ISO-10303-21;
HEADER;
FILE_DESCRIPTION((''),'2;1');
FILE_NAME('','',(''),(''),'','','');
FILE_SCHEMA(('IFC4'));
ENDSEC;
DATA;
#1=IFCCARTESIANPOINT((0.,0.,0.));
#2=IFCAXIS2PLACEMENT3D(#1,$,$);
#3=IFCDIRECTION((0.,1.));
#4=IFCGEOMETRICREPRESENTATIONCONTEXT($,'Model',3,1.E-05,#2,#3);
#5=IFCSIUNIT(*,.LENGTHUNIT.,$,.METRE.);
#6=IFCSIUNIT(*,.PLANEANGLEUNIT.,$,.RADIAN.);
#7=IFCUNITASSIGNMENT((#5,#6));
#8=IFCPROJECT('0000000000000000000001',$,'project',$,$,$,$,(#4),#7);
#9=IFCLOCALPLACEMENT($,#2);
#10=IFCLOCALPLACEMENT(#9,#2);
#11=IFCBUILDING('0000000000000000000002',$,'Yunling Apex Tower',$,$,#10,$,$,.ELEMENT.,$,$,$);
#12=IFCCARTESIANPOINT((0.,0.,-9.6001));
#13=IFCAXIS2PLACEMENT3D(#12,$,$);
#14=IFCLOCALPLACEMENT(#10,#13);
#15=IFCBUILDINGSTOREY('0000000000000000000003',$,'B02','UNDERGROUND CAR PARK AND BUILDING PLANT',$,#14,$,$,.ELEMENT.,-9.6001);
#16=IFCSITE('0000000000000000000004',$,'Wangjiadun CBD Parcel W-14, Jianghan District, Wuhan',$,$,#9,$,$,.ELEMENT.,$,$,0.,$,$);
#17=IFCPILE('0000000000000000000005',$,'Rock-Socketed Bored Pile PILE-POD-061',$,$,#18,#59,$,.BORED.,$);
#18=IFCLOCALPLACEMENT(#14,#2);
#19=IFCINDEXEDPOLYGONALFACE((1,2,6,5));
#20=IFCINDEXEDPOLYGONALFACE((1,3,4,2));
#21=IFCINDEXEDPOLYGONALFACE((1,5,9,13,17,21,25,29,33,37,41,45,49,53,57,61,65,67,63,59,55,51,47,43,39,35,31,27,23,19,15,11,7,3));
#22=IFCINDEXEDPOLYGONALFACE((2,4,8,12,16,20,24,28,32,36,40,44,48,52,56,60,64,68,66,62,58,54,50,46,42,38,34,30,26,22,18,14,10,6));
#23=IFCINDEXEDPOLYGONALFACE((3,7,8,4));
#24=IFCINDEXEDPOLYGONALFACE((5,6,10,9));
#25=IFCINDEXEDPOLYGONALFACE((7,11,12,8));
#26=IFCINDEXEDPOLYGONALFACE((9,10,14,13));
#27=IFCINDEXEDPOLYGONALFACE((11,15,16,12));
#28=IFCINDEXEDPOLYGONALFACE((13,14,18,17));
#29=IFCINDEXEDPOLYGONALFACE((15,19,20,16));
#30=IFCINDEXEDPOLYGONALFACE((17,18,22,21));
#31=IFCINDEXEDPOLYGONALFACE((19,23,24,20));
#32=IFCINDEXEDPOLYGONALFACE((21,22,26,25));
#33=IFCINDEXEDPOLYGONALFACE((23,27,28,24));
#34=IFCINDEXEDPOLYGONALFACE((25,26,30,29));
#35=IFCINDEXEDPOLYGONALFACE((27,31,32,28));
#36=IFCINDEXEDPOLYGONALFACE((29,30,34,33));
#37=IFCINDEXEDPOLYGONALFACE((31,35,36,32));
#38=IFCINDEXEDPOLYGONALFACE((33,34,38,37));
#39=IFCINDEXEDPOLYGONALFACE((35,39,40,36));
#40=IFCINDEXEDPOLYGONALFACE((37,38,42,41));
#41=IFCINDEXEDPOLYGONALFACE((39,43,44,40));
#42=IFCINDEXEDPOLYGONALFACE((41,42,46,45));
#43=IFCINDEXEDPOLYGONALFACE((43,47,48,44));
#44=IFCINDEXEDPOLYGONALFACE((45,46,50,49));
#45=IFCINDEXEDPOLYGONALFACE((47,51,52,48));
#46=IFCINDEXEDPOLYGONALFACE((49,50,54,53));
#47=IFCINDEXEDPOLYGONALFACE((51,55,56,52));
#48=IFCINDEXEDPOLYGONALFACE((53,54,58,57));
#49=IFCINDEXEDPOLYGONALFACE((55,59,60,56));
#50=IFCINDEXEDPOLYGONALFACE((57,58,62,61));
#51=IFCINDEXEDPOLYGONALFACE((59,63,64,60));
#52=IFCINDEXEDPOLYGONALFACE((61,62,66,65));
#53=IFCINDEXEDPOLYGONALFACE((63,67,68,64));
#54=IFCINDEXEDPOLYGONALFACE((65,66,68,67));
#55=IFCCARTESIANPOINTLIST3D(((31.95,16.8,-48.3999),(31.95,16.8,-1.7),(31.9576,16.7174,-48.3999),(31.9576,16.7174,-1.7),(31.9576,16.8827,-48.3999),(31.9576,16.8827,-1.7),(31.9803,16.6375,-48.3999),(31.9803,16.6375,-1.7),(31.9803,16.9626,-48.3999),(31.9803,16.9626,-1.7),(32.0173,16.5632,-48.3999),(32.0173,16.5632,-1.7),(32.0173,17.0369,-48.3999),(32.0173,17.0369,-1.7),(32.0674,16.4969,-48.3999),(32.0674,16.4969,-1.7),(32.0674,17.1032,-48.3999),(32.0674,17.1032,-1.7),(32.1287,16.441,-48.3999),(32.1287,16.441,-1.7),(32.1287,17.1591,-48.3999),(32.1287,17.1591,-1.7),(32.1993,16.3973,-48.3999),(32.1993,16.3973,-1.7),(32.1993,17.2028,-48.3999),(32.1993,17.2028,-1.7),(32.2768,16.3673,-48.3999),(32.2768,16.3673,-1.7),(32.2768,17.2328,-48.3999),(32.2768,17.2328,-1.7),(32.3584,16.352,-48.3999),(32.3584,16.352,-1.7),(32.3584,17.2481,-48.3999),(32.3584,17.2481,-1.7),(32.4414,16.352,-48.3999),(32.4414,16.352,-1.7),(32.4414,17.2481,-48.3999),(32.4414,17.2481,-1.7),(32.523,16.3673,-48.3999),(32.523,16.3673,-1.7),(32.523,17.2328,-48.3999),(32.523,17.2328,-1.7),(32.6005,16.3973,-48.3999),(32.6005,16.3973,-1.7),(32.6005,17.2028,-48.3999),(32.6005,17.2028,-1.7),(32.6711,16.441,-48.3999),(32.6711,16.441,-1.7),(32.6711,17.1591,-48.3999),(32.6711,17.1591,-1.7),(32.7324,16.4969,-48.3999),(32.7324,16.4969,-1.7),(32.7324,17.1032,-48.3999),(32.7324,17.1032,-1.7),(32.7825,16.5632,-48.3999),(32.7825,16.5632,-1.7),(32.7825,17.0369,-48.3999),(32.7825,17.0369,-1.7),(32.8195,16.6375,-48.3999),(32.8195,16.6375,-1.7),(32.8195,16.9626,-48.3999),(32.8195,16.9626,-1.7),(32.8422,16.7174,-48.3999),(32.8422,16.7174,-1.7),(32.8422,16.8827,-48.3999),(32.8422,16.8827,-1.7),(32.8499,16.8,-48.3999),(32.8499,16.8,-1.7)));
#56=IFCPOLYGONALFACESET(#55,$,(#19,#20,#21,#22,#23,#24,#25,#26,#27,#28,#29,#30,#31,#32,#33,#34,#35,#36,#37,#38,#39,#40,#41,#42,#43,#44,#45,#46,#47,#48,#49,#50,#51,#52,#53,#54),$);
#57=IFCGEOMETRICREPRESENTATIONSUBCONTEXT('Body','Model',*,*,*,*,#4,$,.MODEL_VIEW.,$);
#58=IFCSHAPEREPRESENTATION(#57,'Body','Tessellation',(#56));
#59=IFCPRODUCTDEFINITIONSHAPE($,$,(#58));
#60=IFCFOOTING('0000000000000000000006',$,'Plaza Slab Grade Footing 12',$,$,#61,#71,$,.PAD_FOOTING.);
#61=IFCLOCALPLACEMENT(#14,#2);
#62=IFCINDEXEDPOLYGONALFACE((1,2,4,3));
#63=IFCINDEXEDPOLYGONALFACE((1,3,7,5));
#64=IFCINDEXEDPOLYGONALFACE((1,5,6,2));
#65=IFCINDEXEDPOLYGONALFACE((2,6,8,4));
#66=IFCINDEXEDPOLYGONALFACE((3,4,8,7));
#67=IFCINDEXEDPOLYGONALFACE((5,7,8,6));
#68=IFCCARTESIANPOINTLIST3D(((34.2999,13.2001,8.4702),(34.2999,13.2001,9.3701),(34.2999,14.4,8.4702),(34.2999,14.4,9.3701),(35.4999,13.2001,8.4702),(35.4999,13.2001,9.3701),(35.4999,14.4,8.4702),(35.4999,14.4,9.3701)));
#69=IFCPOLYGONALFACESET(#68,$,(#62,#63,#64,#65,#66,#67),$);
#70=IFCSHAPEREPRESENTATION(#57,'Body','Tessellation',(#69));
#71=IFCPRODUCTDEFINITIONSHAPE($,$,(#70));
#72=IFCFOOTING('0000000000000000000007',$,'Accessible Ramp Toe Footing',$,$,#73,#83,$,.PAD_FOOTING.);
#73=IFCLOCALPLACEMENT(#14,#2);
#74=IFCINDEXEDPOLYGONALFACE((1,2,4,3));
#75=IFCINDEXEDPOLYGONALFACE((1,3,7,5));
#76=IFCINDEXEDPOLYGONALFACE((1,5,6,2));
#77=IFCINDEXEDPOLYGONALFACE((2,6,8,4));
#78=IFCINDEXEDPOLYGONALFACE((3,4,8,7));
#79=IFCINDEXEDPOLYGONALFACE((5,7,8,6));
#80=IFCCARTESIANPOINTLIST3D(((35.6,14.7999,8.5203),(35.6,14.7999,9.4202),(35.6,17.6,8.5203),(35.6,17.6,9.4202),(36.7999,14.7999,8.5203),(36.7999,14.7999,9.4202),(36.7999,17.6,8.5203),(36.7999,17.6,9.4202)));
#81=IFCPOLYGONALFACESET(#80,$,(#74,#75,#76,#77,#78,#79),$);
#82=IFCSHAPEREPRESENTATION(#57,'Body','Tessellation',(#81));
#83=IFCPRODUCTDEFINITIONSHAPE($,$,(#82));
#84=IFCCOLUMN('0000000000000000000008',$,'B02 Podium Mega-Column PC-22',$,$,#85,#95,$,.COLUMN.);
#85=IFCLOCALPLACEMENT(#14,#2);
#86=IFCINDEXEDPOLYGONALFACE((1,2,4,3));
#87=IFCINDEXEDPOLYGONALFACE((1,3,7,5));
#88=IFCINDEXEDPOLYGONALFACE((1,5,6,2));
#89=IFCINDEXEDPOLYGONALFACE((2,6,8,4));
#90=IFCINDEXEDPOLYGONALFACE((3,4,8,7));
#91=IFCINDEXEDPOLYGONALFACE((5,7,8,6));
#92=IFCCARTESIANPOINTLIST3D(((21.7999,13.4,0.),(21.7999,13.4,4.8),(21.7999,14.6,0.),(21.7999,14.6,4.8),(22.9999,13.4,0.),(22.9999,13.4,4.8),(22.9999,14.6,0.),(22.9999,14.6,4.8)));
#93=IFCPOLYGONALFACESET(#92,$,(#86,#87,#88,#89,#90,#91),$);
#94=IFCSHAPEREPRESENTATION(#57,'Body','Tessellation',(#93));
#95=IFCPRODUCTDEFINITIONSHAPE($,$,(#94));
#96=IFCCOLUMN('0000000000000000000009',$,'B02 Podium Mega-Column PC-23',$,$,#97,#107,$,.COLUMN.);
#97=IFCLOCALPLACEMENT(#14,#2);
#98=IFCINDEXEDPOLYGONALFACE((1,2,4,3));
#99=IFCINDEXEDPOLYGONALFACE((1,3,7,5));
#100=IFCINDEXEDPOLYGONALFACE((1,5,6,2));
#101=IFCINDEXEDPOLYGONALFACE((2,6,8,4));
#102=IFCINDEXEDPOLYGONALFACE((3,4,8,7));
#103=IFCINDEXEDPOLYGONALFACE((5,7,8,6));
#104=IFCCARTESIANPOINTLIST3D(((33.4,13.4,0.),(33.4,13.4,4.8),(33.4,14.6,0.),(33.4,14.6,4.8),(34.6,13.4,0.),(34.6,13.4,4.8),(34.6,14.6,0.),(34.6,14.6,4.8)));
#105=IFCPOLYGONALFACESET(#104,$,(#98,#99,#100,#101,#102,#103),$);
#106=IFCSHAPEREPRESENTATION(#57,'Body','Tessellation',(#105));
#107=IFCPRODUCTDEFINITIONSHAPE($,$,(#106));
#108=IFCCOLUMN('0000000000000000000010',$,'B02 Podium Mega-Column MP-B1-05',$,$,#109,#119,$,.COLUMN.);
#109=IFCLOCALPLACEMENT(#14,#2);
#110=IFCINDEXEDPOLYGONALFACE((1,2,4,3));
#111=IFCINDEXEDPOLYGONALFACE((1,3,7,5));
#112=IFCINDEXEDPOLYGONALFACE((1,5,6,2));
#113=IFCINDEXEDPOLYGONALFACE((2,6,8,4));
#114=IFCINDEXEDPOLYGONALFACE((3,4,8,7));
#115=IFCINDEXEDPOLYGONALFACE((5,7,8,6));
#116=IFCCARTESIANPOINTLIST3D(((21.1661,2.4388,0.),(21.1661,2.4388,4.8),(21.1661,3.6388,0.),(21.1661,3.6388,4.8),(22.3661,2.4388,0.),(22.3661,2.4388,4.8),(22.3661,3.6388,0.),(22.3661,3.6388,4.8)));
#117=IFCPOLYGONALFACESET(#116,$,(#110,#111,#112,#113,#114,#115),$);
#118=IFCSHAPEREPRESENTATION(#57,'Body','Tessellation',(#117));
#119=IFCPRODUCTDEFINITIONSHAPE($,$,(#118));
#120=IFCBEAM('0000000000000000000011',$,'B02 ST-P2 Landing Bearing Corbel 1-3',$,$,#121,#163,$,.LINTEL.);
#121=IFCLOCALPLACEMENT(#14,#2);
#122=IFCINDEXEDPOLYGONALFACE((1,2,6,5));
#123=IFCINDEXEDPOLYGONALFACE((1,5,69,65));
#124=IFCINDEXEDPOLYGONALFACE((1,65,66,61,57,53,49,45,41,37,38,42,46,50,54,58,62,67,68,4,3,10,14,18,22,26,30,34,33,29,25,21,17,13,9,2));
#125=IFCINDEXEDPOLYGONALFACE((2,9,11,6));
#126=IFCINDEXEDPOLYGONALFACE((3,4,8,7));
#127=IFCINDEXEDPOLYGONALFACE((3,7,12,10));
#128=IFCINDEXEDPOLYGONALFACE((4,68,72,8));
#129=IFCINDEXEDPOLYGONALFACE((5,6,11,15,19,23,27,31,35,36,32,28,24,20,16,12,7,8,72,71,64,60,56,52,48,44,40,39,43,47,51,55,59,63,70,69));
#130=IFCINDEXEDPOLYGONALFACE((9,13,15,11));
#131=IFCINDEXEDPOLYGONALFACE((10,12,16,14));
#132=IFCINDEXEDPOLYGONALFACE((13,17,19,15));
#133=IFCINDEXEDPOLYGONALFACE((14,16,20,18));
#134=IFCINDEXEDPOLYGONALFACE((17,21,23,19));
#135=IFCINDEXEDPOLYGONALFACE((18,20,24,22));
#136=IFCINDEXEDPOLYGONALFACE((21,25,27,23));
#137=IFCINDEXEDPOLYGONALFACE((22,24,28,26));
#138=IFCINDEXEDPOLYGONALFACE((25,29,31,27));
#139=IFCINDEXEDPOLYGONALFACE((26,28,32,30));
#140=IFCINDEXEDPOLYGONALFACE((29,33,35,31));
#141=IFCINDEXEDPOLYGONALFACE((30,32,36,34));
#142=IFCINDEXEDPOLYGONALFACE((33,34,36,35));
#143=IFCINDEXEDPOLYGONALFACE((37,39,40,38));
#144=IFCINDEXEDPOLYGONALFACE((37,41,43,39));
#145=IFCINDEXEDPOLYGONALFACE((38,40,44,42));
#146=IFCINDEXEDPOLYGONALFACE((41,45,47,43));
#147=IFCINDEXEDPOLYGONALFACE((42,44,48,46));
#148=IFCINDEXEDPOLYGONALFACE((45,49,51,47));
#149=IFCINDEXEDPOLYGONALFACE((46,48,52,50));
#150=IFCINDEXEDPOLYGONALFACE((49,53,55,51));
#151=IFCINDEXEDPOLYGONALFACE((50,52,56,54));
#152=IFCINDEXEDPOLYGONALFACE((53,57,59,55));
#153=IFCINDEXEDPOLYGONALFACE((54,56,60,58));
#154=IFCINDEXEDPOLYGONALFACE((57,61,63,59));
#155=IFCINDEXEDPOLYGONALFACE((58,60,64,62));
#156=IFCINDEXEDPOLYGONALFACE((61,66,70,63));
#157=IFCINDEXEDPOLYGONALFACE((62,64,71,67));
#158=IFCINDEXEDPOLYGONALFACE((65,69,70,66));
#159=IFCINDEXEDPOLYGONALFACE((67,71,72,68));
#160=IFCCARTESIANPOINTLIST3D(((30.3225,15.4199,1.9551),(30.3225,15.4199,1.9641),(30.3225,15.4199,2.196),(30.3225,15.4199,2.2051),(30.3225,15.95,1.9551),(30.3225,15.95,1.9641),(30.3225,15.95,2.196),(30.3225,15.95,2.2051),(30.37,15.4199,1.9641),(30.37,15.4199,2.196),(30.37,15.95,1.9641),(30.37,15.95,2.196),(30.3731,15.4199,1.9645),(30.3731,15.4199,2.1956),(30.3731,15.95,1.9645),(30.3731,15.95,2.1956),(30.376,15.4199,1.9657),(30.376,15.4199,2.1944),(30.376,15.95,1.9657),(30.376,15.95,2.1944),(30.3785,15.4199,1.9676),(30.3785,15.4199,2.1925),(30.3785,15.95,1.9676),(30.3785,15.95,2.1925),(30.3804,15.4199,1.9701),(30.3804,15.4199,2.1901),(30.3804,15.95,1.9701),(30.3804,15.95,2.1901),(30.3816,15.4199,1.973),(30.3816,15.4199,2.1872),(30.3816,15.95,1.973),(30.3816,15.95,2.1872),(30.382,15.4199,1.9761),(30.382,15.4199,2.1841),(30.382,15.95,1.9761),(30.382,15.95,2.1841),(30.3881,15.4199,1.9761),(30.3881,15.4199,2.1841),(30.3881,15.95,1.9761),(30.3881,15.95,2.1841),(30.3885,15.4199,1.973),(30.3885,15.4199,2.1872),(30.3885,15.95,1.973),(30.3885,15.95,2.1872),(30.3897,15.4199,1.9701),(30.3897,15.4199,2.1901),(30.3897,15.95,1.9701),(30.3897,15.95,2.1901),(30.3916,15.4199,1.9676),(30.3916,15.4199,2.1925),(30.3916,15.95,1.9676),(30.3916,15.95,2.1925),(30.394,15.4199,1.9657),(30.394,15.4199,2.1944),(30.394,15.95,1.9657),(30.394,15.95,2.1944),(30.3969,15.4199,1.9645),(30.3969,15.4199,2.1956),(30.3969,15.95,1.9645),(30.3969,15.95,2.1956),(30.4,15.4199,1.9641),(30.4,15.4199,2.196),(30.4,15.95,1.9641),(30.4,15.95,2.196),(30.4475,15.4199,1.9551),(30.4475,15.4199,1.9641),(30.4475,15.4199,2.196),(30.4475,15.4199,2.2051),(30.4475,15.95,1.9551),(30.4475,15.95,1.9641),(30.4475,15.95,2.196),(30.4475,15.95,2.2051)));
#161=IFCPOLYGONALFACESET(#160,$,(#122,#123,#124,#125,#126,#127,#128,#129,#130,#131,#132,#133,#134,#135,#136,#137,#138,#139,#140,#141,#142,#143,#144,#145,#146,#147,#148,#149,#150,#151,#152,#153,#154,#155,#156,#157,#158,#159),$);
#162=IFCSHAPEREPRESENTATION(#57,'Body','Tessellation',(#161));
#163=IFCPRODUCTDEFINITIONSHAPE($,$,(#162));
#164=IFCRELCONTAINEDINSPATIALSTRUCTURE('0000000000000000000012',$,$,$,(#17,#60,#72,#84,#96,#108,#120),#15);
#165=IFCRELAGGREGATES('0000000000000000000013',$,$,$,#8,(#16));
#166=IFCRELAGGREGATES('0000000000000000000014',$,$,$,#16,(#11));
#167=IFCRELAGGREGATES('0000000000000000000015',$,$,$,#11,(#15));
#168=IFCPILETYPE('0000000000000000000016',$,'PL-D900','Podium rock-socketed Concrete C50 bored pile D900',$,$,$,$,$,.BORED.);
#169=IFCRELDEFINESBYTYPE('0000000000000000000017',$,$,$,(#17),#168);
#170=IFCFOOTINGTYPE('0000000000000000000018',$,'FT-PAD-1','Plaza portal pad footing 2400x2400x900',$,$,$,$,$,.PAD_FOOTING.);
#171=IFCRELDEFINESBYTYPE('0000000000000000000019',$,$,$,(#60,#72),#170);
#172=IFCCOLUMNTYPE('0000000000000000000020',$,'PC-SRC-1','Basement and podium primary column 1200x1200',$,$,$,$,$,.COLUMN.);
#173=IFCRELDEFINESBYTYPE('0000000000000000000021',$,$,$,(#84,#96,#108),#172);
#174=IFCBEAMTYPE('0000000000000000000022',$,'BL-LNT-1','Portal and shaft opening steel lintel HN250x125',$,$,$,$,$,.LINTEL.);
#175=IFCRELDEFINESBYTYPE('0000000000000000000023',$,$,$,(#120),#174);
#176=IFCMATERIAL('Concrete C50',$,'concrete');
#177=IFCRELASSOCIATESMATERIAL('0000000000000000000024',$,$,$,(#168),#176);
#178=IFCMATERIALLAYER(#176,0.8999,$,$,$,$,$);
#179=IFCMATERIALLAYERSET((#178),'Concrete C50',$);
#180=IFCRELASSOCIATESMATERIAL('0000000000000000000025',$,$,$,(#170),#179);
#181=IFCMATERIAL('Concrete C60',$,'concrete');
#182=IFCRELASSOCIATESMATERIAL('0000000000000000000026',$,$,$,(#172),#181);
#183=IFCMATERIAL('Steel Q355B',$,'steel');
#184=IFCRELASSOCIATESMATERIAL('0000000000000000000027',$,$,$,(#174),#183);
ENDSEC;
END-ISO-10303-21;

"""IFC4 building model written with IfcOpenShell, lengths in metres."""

from ifc_helpers import new_model, si_unit, direction, frame, origin, origin_2d, place, context, subcontext, project, spatial, rectangle, circle, i_section, extrude, source, transform, mapped, material, layer, layer_set, material_profile, profile_set, type_object, element, save


model = new_model("IFC4")

# Units and contexts
model_context = context("Model", 3, precision=1e-05, world=origin(), true_north=direction((0.0, 1.0)))
body_context = subcontext(model_context, "Body", "Model", "MODEL_VIEW")
ifc_project = project(units=[si_unit("LENGTHUNIT", "METRE"), si_unit("PLANEANGLEUNIT", "RADIAN")], contexts=[model_context])

# Site, building, storey
site_placement = place(None, origin())
site = spatial("IfcSite", under=ifc_project, at=site_placement, Name="Wangjiadun CBD Parcel W-14, Jianghan District, Wuhan", CompositionType="ELEMENT", RefElevation=0.0)
building_placement = place(site_placement, origin())
building = spatial("IfcBuilding", under=site, at=building_placement, Name="Yunling Apex Tower", CompositionType="ELEMENT")
storey_placement = place(building_placement, frame((0.0, 0.0, -9.6001)))
storey = spatial("IfcBuildingStorey", under=building, at=storey_placement, Name="B02", Description="UNDERGROUND CAR PARK AND BUILDING PLANT", CompositionType="ELEMENT", Elevation=-9.6001)

# Shared definitions
ifc_material_1 = material(Name="Concrete C50", Category="concrete")

# Pile
ifc_material_profile_1 = material_profile(ifc_material_1, circle(Radius=0.45, at=origin_2d()))
ifc_profile_set_1 = profile_set([ifc_material_profile_1], Name="Concrete C50")
pile_type_1 = type_object("IfcPileType", Name="PL-D900", Description="Podium rock-socketed Concrete C50 bored pile D900", PredefinedType="BORED", material=ifc_profile_set_1)
shared_shape_1 = source(origin(), body_context, "Body", "SweptSolid", [
    extrude(circle(Radius=0.45, at=origin_2d()), origin(), (0.0, 0.0, 1.0), 46.7),
])
for number, where, z_axis, x_axis, name in (
    (1, (32.3999, 16.8, -1.7), (0.0, 0.0, -1.0), (1.0, 0.0, 0.0), "Rock-Socketed Bored Pile PILE-POD-061"),
):
    element("IfcPile", number, at=place(storey_placement, frame(where, z_axis=z_axis, x_axis=x_axis)), inside=storey, type_object=pile_type_1, Name=name, PredefinedType="BORED", context=body_context, shape_type="MappedRepresentation", body=[
        mapped(shared_shape_1, transform((0.0, 0.0, 0.0), scale=1.0)),
    ])

# Footings
ifc_layer_1 = layer(ifc_material_1, 0.8999)
ifc_layer_set_1 = layer_set([ifc_layer_1], Name="Concrete C50")
footing_type_1 = type_object("IfcFootingType", Name="FT-PAD-1", Description="Plaza portal pad footing 2400x2400x900", PredefinedType="PAD_FOOTING", material=ifc_layer_set_1)
shared_shape_2 = source(origin(), body_context, "Body", "SweptSolid", [
    extrude(rectangle(XDim=1.2, YDim=1.2, at=origin_2d()), origin(), (0.0, 0.0, 1.0), 0.8999),
])
footing_1_placement = place(storey_placement, frame((34.8999, 13.8, 8.4702), z_axis=(0.0, 0.0, 1.0), x_axis=(1.0, 0.0, 0.0)))
element("IfcFooting", 2, at=footing_1_placement, inside=storey, type_object=footing_type_1, Name="Plaza Slab Grade Footing 12", PredefinedType="PAD_FOOTING", context=body_context, shape_type="MappedRepresentation", body=[
    mapped(shared_shape_2, transform((0.0, 0.0, 0.0), scale=1.0)),
])
shared_shape_3 = source(origin(), body_context, "Body", "SweptSolid", [
    extrude(rectangle(XDim=1.2, YDim=2.8, at=origin_2d()), origin(), (0.0, 0.0, 1.0), 0.8999),
])
footing_2_placement = place(storey_placement, frame((36.2, 16.2, 8.5203), z_axis=(0.0, 0.0, 1.0), x_axis=(1.0, 0.0, 0.0)))
element("IfcFooting", 3, at=footing_2_placement, inside=storey, type_object=footing_type_1, Name="Accessible Ramp Toe Footing", PredefinedType="PAD_FOOTING", context=body_context, shape_type="MappedRepresentation", body=[
    mapped(shared_shape_3, transform((0.0, 0.0, 0.0), scale=1.0)),
])

# Columns
ifc_material_2 = material(Name="Concrete C60", Category="concrete")
ifc_material_profile_2 = material_profile(ifc_material_2, rectangle(XDim=1.2, YDim=1.2, at=origin_2d()))
ifc_profile_set_2 = profile_set([ifc_material_profile_2], Name="Concrete C60")
column_type = type_object("IfcColumnType", Name="PC-SRC-1", Description="Basement and podium primary column 1200x1200", PredefinedType="COLUMN", material=ifc_profile_set_2)
shared_shape_4 = source(origin(), body_context, "Body", "SweptSolid", [
    extrude(rectangle(XDim=1.2, YDim=1.2, at=origin_2d()), origin(), (0.0, 0.0, 1.0), 4.8),
])
for number, where, z_axis, x_axis, name in (
    (4, (22.3999, 14.0, 0.0), (0.0, 0.0, 1.0), (1.0, 0.0, 0.0), "B02 Podium Mega-Column PC-22"),
    (5, (34.0, 14.0, 0.0), (0.0, 0.0, 1.0), (1.0, 0.0, 0.0), "B02 Podium Mega-Column PC-23"),
    (6, (21.7661, 3.0388, 0.0), (0.0, 0.0, 1.0), (1.0, 0.0, 0.0), "B02 Podium Mega-Column MP-B1-05"),
):
    element("IfcColumn", number, at=place(storey_placement, frame(where, z_axis=z_axis, x_axis=x_axis)), inside=storey, type_object=column_type, Name=name, PredefinedType="COLUMN", context=body_context, shape_type="MappedRepresentation", body=[
        mapped(shared_shape_4, transform((0.0, 0.0, 0.0), scale=1.0)),
    ])

# Beam
ifc_material_3 = material(Name="Steel Q355B", Category="steel")
ifc_material_profile_3 = material_profile(ifc_material_3, i_section(OverallWidth=0.125, OverallDepth=0.25, WebThickness=0.0061, FlangeThickness=0.009, FilletRadius=0.012, at=origin_2d()))
ifc_profile_set_3 = profile_set([ifc_material_profile_3], Name="Steel Q355B")
beam_type_1 = type_object("IfcBeamType", Name="BL-LNT-1", Description="Portal and shaft opening steel lintel HN250x125", PredefinedType="LINTEL", material=ifc_profile_set_3)
shared_shape_5 = source(origin(), body_context, "Body", "SweptSolid", [
    extrude(i_section(OverallWidth=0.125, OverallDepth=0.25, WebThickness=0.0061, FlangeThickness=0.009, FilletRadius=0.012, at=origin_2d()), origin(), (0.0, 0.0, 1.0), 0.53),
])
beam_1_placement = place(storey_placement, frame((30.385, 15.4199, 2.0801), z_axis=(0.0, 1.0, 0.0), x_axis=(-1.0, 0.0, 0.0)))
element("IfcBeam", 7, at=beam_1_placement, inside=storey, type_object=beam_type_1, Name="B02 ST-P2 Landing Bearing Corbel 1-3", PredefinedType="LINTEL", context=body_context, shape_type="MappedRepresentation", body=[
    mapped(shared_shape_5, transform((0.0, 0.0, 0.0), scale=1.0)),
])

save(model, "model.ifc")
